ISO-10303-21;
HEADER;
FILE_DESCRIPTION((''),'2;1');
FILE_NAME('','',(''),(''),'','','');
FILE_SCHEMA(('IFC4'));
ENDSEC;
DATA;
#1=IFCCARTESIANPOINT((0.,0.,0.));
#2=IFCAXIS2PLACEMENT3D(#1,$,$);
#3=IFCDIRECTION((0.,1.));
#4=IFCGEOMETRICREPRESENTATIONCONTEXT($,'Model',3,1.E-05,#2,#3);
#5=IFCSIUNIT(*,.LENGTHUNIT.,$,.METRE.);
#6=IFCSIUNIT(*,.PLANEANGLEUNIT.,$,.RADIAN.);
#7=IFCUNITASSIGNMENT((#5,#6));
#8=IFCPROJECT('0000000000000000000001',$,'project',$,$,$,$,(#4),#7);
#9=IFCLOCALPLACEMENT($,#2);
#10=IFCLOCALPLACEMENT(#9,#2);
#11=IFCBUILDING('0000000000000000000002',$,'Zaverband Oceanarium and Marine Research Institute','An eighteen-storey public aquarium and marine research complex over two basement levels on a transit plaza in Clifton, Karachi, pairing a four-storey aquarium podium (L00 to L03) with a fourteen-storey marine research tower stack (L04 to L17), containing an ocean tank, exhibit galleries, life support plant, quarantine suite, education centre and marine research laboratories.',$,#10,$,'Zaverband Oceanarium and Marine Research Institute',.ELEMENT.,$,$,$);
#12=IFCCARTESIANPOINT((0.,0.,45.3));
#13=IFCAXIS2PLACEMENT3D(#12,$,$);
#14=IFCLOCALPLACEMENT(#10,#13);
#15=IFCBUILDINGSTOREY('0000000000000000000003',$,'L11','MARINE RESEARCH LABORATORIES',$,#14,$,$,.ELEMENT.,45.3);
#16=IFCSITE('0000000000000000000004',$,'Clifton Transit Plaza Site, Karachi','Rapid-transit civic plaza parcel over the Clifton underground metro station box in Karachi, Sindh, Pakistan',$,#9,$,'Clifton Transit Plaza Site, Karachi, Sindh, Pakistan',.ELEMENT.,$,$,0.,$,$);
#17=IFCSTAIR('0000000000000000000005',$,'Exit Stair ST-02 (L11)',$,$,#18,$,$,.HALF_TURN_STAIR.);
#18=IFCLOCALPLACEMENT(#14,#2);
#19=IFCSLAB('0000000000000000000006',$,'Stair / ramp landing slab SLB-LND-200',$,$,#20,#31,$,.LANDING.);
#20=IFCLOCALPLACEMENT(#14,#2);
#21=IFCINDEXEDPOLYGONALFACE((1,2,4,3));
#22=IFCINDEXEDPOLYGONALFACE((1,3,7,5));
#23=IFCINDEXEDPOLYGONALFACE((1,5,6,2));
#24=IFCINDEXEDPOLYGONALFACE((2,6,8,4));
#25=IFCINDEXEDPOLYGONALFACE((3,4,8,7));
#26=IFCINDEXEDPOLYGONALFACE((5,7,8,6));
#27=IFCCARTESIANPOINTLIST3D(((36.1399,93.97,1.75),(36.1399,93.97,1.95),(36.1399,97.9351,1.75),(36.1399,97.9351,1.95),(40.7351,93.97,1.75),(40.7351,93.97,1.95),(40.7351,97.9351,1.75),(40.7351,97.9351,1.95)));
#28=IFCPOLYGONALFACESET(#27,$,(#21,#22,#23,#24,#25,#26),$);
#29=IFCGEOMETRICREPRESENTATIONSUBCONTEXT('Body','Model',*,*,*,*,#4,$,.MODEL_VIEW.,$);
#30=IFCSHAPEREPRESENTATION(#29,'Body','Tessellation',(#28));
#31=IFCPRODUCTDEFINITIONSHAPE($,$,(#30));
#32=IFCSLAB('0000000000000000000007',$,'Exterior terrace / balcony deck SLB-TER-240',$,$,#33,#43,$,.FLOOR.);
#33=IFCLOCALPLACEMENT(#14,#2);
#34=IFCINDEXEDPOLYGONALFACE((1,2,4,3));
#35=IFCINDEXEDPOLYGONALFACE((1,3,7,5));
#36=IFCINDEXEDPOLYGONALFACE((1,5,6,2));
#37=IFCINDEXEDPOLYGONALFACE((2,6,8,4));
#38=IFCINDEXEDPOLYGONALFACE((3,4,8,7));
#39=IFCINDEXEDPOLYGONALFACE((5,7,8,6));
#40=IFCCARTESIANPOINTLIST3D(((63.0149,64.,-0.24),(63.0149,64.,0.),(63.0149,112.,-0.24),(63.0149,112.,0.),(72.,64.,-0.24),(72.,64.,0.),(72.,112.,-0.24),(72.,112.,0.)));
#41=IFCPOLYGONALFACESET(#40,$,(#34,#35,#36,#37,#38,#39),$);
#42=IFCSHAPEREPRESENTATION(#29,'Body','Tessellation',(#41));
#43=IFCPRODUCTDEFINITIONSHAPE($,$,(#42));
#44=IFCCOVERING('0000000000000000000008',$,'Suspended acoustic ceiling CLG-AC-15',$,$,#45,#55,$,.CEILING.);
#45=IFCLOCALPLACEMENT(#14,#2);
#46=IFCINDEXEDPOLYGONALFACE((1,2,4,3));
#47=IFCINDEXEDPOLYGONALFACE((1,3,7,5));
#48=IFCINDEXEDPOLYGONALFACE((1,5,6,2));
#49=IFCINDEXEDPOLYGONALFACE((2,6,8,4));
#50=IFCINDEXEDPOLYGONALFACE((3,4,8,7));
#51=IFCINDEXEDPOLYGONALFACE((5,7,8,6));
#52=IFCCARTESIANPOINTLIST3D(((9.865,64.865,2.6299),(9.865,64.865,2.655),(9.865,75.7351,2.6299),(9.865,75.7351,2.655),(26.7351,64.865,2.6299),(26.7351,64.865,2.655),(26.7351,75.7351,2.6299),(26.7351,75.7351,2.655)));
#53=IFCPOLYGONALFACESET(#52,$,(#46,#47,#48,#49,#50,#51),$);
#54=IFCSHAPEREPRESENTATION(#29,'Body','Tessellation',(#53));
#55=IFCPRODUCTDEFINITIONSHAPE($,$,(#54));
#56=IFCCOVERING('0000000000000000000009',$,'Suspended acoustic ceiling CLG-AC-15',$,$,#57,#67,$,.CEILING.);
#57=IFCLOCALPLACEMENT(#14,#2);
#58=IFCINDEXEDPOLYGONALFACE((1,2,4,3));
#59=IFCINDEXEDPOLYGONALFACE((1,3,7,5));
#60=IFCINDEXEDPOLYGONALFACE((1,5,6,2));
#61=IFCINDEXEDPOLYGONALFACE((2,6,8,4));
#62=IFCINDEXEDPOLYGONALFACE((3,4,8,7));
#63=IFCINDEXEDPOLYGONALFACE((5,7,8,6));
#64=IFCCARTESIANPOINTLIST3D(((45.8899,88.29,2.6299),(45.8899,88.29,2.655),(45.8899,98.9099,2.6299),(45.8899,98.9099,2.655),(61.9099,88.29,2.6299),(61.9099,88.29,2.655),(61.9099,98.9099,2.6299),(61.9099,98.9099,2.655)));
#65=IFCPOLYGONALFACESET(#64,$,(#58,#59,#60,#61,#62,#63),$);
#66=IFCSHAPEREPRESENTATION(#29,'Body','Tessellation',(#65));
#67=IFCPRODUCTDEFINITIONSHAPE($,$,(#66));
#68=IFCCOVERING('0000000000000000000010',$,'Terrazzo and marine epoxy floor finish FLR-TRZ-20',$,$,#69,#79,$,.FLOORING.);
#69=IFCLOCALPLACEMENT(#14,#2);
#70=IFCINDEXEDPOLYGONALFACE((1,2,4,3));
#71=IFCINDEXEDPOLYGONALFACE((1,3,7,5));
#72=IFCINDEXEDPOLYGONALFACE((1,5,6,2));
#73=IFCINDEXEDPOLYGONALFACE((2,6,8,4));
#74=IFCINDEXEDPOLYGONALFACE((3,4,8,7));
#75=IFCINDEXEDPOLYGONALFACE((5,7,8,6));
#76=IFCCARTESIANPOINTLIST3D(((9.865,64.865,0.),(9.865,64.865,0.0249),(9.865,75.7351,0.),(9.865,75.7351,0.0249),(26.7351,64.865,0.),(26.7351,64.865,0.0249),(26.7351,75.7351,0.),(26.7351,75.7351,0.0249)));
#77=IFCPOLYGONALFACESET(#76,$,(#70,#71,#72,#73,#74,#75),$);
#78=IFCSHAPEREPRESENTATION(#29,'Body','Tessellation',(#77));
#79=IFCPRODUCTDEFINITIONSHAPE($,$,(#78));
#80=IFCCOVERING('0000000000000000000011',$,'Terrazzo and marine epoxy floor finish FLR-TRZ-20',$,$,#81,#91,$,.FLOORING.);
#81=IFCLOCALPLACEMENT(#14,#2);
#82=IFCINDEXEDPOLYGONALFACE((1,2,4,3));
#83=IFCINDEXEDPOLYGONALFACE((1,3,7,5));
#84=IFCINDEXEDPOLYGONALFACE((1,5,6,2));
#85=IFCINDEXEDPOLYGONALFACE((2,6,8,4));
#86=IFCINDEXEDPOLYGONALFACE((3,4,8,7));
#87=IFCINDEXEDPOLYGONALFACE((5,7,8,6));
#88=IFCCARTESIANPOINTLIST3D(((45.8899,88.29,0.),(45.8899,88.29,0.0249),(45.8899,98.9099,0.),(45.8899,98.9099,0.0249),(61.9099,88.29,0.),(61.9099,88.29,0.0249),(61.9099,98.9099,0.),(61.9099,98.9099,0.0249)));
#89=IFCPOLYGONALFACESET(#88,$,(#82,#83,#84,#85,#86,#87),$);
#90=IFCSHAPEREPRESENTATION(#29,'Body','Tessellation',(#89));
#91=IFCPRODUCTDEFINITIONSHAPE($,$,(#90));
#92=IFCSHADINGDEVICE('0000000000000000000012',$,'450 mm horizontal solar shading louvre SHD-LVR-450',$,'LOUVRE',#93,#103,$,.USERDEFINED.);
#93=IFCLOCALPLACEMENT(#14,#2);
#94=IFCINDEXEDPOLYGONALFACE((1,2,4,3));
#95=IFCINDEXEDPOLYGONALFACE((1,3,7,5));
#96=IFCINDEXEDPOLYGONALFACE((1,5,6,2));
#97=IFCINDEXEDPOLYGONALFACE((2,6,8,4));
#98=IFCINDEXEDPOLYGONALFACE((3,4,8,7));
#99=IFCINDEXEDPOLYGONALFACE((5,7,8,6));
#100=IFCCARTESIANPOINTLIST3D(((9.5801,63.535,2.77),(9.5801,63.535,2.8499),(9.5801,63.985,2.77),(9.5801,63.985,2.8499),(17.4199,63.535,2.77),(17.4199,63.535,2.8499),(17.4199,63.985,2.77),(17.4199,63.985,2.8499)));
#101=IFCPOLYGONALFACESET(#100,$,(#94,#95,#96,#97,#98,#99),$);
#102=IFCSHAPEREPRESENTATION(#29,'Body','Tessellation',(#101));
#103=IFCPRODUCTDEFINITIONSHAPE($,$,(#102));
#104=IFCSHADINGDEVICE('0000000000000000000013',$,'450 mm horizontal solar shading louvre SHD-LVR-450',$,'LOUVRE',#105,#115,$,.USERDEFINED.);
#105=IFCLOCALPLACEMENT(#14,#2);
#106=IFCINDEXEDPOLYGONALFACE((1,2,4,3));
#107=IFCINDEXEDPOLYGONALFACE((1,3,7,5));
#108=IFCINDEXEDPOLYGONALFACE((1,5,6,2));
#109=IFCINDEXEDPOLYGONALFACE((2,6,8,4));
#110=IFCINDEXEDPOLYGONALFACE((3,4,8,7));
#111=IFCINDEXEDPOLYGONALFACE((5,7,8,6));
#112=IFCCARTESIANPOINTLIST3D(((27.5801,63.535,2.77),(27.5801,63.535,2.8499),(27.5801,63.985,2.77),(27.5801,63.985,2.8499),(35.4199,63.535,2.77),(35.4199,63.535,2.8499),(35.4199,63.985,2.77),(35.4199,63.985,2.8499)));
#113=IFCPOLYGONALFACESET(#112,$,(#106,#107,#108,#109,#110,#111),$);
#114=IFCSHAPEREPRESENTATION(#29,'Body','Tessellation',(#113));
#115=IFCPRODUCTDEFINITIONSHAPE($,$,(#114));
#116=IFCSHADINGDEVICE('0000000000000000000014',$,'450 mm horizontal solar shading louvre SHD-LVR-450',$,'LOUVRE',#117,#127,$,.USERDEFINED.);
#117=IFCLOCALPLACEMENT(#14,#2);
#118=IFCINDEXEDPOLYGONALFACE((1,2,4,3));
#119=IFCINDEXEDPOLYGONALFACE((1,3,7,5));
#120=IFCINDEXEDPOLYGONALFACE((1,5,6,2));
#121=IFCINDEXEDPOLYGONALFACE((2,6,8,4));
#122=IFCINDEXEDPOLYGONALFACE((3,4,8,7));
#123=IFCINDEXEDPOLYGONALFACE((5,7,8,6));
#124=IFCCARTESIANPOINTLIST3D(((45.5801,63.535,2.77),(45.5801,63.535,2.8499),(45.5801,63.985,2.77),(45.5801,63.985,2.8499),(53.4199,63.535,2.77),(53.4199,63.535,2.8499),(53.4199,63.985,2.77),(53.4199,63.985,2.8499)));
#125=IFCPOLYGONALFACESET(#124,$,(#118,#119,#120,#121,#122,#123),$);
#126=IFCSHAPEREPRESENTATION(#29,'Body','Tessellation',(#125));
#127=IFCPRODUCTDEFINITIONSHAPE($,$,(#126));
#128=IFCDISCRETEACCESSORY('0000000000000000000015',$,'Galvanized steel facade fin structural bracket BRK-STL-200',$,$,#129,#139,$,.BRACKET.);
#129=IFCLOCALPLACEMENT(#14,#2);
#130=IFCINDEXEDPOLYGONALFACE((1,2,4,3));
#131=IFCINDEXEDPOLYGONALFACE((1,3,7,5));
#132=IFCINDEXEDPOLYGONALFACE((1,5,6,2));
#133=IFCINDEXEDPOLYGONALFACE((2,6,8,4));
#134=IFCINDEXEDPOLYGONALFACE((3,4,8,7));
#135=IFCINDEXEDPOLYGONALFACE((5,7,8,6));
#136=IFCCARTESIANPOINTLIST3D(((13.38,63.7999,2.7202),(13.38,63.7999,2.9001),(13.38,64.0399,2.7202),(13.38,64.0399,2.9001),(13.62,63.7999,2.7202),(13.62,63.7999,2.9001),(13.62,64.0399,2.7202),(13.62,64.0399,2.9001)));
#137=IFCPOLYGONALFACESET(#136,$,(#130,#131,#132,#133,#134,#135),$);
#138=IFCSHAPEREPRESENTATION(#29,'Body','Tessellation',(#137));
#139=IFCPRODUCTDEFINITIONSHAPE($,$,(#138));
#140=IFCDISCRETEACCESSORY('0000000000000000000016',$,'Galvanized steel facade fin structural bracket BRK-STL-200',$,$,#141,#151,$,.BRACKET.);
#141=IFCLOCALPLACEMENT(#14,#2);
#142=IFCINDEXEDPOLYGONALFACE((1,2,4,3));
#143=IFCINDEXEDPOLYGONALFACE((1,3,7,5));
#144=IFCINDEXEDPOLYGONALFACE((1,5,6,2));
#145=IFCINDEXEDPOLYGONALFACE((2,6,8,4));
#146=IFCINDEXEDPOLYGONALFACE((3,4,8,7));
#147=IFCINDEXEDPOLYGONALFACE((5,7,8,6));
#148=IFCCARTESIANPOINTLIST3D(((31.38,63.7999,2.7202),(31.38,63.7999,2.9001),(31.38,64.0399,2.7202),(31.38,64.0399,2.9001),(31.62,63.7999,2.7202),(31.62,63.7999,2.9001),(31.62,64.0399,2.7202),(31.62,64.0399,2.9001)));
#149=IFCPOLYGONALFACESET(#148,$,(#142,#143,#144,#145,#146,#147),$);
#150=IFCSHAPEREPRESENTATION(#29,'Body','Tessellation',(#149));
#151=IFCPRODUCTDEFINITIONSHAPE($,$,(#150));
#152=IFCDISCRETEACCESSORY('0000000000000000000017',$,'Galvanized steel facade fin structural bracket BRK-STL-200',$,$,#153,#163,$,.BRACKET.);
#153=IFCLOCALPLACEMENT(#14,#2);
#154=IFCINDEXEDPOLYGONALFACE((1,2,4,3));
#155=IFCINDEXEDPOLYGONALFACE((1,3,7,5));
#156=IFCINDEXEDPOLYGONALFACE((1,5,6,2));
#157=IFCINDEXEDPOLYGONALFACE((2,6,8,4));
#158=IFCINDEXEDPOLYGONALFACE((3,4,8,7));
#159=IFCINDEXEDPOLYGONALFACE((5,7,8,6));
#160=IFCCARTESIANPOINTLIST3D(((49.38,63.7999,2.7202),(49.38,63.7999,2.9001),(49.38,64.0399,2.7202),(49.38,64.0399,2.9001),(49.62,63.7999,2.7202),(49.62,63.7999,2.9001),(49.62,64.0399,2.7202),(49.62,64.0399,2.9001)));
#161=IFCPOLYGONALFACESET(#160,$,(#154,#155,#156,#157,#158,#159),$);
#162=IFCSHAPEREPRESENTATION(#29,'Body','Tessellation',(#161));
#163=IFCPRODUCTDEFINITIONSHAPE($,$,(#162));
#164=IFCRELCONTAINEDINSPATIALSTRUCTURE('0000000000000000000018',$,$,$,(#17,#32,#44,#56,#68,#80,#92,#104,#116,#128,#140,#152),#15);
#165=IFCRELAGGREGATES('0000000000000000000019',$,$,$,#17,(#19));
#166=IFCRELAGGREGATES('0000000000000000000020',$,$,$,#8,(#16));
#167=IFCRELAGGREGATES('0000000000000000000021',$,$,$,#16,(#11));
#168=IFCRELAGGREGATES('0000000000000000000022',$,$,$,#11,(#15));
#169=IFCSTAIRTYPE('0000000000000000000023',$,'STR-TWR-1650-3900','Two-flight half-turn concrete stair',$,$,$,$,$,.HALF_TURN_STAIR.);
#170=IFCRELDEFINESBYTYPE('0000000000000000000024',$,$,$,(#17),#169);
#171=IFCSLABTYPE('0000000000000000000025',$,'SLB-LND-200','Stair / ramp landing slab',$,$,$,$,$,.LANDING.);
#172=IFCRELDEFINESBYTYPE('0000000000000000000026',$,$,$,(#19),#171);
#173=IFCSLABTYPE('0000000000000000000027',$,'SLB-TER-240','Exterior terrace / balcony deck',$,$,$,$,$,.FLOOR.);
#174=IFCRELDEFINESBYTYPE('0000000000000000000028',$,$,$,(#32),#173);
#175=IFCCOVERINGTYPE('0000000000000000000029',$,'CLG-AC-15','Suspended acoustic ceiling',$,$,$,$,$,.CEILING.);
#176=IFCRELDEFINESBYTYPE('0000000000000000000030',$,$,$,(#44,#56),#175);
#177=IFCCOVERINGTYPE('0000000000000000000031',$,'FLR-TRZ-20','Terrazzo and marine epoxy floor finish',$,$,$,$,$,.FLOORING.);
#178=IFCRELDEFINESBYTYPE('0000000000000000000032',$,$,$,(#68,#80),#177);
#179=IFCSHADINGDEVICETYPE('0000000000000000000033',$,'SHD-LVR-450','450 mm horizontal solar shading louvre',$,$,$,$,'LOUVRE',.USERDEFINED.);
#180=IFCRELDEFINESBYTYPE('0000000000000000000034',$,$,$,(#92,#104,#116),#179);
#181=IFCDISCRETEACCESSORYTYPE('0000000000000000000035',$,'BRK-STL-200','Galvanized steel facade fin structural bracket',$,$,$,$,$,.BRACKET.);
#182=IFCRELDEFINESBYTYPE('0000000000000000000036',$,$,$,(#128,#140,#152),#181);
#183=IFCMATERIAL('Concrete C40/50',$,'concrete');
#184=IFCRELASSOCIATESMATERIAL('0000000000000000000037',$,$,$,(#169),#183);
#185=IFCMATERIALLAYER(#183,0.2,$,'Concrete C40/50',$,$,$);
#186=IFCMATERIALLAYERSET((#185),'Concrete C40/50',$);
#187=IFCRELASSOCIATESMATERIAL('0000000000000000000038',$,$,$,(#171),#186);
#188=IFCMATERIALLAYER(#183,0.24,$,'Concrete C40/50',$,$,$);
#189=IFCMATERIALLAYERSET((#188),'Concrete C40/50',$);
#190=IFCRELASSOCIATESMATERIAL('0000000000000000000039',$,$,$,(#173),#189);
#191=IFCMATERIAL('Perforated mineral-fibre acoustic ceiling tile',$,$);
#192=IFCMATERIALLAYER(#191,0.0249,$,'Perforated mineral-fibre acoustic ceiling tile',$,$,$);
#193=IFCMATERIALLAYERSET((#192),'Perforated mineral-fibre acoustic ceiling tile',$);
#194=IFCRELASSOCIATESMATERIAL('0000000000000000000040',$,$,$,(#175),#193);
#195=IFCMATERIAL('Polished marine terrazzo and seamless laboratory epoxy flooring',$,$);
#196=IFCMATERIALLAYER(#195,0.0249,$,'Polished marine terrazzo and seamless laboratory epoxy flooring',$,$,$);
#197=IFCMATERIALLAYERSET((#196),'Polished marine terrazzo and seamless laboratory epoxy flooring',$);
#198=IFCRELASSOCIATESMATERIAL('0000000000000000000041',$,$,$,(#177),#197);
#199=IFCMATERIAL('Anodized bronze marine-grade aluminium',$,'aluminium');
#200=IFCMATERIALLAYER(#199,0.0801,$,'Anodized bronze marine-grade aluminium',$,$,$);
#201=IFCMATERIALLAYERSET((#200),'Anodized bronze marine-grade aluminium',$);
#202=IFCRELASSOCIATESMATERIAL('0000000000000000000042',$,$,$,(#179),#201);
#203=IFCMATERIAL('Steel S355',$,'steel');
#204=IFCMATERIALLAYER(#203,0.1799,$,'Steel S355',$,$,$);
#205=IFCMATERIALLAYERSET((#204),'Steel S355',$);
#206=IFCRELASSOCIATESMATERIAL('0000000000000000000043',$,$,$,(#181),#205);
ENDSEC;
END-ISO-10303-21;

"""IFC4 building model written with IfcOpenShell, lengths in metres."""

from ifc_helpers import new_model, si_unit, direction, frame, frame_2d, origin, origin_2d, place, context, subcontext, project, spatial, polyline, rectangle, outline, extrude, material, layer, layer_set, type_object, element, aggregate, save


model = new_model("IFC4")

# Units and contexts
model_context = context("Model", 3, precision=1e-05, world=origin(), true_north=direction((0.0, 1.0)))
body_context = subcontext(model_context, "Body", "Model", "MODEL_VIEW")
ifc_project = project(units=[si_unit("LENGTHUNIT", "METRE"), si_unit("PLANEANGLEUNIT", "RADIAN")], contexts=[model_context])

# Site, building, storey
site_placement = place(None, origin())
site = spatial("IfcSite", under=ifc_project, at=site_placement, Name="Clifton Transit Plaza Site, Karachi", Description="Rapid-transit civic plaza parcel over the Clifton underground metro station box in Karachi, Sindh, Pakistan", LongName="Clifton Transit Plaza Site, Karachi, Sindh, Pakistan", CompositionType="ELEMENT", RefElevation=0.0)
building_placement = place(site_placement, origin())
building = spatial("IfcBuilding", under=site, at=building_placement, Name="Zaverband Oceanarium and Marine Research Institute", Description="An eighteen-storey public aquarium and marine research complex over two basement levels on a transit plaza in Clifton, Karachi, pairing a four-storey aquarium podium (L00 to L03) with a fourteen-storey marine research tower stack (L04 to L17), containing an ocean tank, exhibit galleries, life support plant, quarantine suite, education centre and marine research laboratories.", LongName="Zaverband Oceanarium and Marine Research Institute", CompositionType="ELEMENT")
storey_placement = place(building_placement, frame((0.0, 0.0, 45.3)))
storey = spatial("IfcBuildingStorey", under=building, at=storey_placement, Name="L11", Description="MARINE RESEARCH LABORATORIES", CompositionType="ELEMENT", Elevation=45.3)

# Shared definitions
ifc_material_1 = material(Name="Concrete C40/50", Category="concrete")

# Stair, slab
stair_type = type_object("IfcStairType", Name="STR-TWR-1650-3900", Description="Two-flight half-turn concrete stair", PredefinedType="HALF_TURN_STAIR", material=ifc_material_1)
ifc_layer_1 = layer(ifc_material_1, 0.2, Name="Concrete C40/50")
ifc_layer_set_1 = layer_set([ifc_layer_1], Name="Concrete C40/50")
slab_type_1 = type_object("IfcSlabType", Name="SLB-LND-200", Description="Stair / ramp landing slab", PredefinedType="LANDING", material=ifc_layer_set_1)
stair_1_placement = place(storey_placement, origin())
stair_1 = element("IfcStair", 1, at=stair_1_placement, inside=storey, type_object=stair_type, Name="Exit Stair ST-02 (L11)", PredefinedType="HALF_TURN_STAIR")
slab_1_placement = place(storey_placement, frame((0.0, 0.0, 1.75)))
slab_1 = element("IfcSlab", 2, at=slab_1_placement, type_object=slab_type_1, Name="Stair / ramp landing slab SLB-LND-200", PredefinedType="LANDING", context=body_context, shape_type="SweptSolid", body=[
    extrude(outline(polyline([(36.1399, 93.97), (40.7351, 93.97), (40.7351, 97.9351), (36.1399, 97.9351), (36.1399, 93.97)])), origin(), (0.0, 0.0, 1.0), 0.2),
])
aggregate(stair_1, [slab_1])

# Slab
ifc_layer_2 = layer(ifc_material_1, 0.24, Name="Concrete C40/50")
ifc_layer_set_2 = layer_set([ifc_layer_2], Name="Concrete C40/50")
slab_type_2 = type_object("IfcSlabType", Name="SLB-TER-240", Description="Exterior terrace / balcony deck", PredefinedType="FLOOR", material=ifc_layer_set_2)
slab_2_placement = place(storey_placement, frame((0.0, 0.0, -0.24)))
element("IfcSlab", 3, at=slab_2_placement, inside=storey, type_object=slab_type_2, Name="Exterior terrace / balcony deck SLB-TER-240", PredefinedType="FLOOR", context=body_context, shape_type="SweptSolid", body=[
    extrude(outline(polyline([(63.0149, 64.0), (72.0, 64.0), (72.0, 112.0), (63.0149, 112.0), (63.0149, 64.0)])), origin(), (0.0, 0.0, 1.0), 0.24),
])

# Coverings
ifc_material_2 = material(Name="Perforated mineral-fibre acoustic ceiling tile")
ifc_layer_3 = layer(ifc_material_2, 0.0249, Name="Perforated mineral-fibre acoustic ceiling tile")
ifc_layer_set_3 = layer_set([ifc_layer_3], Name="Perforated mineral-fibre acoustic ceiling tile")
covering_type_1 = type_object("IfcCoveringType", Name="CLG-AC-15", Description="Suspended acoustic ceiling", PredefinedType="CEILING", material=ifc_layer_set_3)
covering_1_placement = place(storey_placement, frame((0.0, 0.0, 2.6299)))
element("IfcCovering", 4, at=covering_1_placement, inside=storey, type_object=covering_type_1, Name="Suspended acoustic ceiling CLG-AC-15", PredefinedType="CEILING", context=body_context, shape_type="SweptSolid", body=[
    extrude(outline(polyline([(9.865, 64.865), (26.7351, 64.865), (26.7351, 75.7351), (9.865, 75.7351), (9.865, 64.865)])), origin(), (0.0, 0.0, 1.0), 0.0251),
])
covering_2_placement = place(storey_placement, frame((0.0, 0.0, 2.6299)))
element("IfcCovering", 5, at=covering_2_placement, inside=storey, type_object=covering_type_1, Name="Suspended acoustic ceiling CLG-AC-15", PredefinedType="CEILING", context=body_context, shape_type="SweptSolid", body=[
    extrude(outline(polyline([(45.8899, 88.29), (61.9099, 88.29), (61.9099, 98.9099), (45.8899, 98.9099), (45.8899, 88.29)])), origin(), (0.0, 0.0, 1.0), 0.0251),
])
ifc_material_3 = material(Name="Polished marine terrazzo and seamless laboratory epoxy flooring")
ifc_layer_4 = layer(ifc_material_3, 0.0249, Name="Polished marine terrazzo and seamless laboratory epoxy flooring")
ifc_layer_set_4 = layer_set([ifc_layer_4], Name="Polished marine terrazzo and seamless laboratory epoxy flooring")
covering_type_2 = type_object("IfcCoveringType", Name="FLR-TRZ-20", Description="Terrazzo and marine epoxy floor finish", PredefinedType="FLOORING", material=ifc_layer_set_4)
covering_3_placement = place(storey_placement, origin())
element("IfcCovering", 6, at=covering_3_placement, inside=storey, type_object=covering_type_2, Name="Terrazzo and marine epoxy floor finish FLR-TRZ-20", PredefinedType="FLOORING", context=body_context, shape_type="SweptSolid", body=[
    extrude(outline(polyline([(9.865, 64.865), (26.7351, 64.865), (26.7351, 75.7351), (9.865, 75.7351), (9.865, 64.865)])), origin(), (0.0, 0.0, 1.0), 0.0249),
])
covering_4_placement = place(storey_placement, origin())
element("IfcCovering", 7, at=covering_4_placement, inside=storey, type_object=covering_type_2, Name="Terrazzo and marine epoxy floor finish FLR-TRZ-20", PredefinedType="FLOORING", context=body_context, shape_type="SweptSolid", body=[
    extrude(outline(polyline([(45.8899, 88.29), (61.9099, 88.29), (61.9099, 98.9099), (45.8899, 98.9099), (45.8899, 88.29)])), origin(), (0.0, 0.0, 1.0), 0.0249),
])

# Shading devices
ifc_material_4 = material(Name="Anodized bronze marine-grade aluminium", Category="aluminium")
ifc_layer_5 = layer(ifc_material_4, 0.0801, Name="Anodized bronze marine-grade aluminium")
ifc_layer_set_5 = layer_set([ifc_layer_5], Name="Anodized bronze marine-grade aluminium")
shading_device_type = type_object("IfcShadingDeviceType", Name="SHD-LVR-450", Description="450 mm horizontal solar shading louvre", ElementType="LOUVRE", PredefinedType="USERDEFINED", material=ifc_layer_set_5)
for number, where, z_axis, x_axis, name in (
    (8, (9.5801, 63.76, 2.77), (0.0, 0.0, 1.0), (1.0, 0.0, 0.0), "450 mm horizontal solar shading louvre SHD-LVR-450"),
    (9, (27.5801, 63.76, 2.77), (0.0, 0.0, 1.0), (1.0, 0.0, 0.0), "450 mm horizontal solar shading louvre SHD-LVR-450"),
    (10, (45.5801, 63.76, 2.77), (0.0, 0.0, 1.0), (1.0, 0.0, 0.0), "450 mm horizontal solar shading louvre SHD-LVR-450"),
):
    element("IfcShadingDevice", number, at=place(storey_placement, frame(where, z_axis=z_axis, x_axis=x_axis)), inside=storey, type_object=shading_device_type, Name=name, ObjectType="LOUVRE", PredefinedType="USERDEFINED", context=body_context, shape_type="SweptSolid", body=[
        extrude(rectangle(XDim=7.8398, YDim=0.45, at=frame_2d((3.9199, 0.0))), origin(), (0.0, 0.0, 1.0), 0.0798),
    ])

# Discrete accessories
ifc_material_5 = material(Name="Steel S355", Category="steel")
ifc_layer_6 = layer(ifc_material_5, 0.1799, Name="Steel S355")
ifc_layer_set_6 = layer_set([ifc_layer_6], Name="Steel S355")
discrete_accessory_type = type_object("IfcDiscreteAccessoryType", Name="BRK-STL-200", Description="Galvanized steel facade fin structural bracket", PredefinedType="BRACKET", material=ifc_layer_set_6)
for number, where, z_axis, x_axis, name in (
    (11, (13.5, 63.9199, 2.7202), (0.0, 0.0, 1.0), (1.0, 0.0, 0.0), "Galvanized steel facade fin structural bracket BRK-STL-200"),
    (12, (31.5, 63.9199, 2.7202), (0.0, 0.0, 1.0), (1.0, 0.0, 0.0), "Galvanized steel facade fin structural bracket BRK-STL-200"),
    (13, (49.5, 63.9199, 2.7202), (0.0, 0.0, 1.0), (1.0, 0.0, 0.0), "Galvanized steel facade fin structural bracket BRK-STL-200"),
):
    element("IfcDiscreteAccessory", number, at=place(storey_placement, frame(where, z_axis=z_axis, x_axis=x_axis)), inside=storey, type_object=discrete_accessory_type, Name=name, PredefinedType="BRACKET", context=body_context, shape_type="SweptSolid", body=[
        extrude(rectangle(XDim=0.24, YDim=0.24, at=origin_2d()), origin(), (0.0, 0.0, 1.0), 0.1799),
    ])

save(model, "model.ifc")
